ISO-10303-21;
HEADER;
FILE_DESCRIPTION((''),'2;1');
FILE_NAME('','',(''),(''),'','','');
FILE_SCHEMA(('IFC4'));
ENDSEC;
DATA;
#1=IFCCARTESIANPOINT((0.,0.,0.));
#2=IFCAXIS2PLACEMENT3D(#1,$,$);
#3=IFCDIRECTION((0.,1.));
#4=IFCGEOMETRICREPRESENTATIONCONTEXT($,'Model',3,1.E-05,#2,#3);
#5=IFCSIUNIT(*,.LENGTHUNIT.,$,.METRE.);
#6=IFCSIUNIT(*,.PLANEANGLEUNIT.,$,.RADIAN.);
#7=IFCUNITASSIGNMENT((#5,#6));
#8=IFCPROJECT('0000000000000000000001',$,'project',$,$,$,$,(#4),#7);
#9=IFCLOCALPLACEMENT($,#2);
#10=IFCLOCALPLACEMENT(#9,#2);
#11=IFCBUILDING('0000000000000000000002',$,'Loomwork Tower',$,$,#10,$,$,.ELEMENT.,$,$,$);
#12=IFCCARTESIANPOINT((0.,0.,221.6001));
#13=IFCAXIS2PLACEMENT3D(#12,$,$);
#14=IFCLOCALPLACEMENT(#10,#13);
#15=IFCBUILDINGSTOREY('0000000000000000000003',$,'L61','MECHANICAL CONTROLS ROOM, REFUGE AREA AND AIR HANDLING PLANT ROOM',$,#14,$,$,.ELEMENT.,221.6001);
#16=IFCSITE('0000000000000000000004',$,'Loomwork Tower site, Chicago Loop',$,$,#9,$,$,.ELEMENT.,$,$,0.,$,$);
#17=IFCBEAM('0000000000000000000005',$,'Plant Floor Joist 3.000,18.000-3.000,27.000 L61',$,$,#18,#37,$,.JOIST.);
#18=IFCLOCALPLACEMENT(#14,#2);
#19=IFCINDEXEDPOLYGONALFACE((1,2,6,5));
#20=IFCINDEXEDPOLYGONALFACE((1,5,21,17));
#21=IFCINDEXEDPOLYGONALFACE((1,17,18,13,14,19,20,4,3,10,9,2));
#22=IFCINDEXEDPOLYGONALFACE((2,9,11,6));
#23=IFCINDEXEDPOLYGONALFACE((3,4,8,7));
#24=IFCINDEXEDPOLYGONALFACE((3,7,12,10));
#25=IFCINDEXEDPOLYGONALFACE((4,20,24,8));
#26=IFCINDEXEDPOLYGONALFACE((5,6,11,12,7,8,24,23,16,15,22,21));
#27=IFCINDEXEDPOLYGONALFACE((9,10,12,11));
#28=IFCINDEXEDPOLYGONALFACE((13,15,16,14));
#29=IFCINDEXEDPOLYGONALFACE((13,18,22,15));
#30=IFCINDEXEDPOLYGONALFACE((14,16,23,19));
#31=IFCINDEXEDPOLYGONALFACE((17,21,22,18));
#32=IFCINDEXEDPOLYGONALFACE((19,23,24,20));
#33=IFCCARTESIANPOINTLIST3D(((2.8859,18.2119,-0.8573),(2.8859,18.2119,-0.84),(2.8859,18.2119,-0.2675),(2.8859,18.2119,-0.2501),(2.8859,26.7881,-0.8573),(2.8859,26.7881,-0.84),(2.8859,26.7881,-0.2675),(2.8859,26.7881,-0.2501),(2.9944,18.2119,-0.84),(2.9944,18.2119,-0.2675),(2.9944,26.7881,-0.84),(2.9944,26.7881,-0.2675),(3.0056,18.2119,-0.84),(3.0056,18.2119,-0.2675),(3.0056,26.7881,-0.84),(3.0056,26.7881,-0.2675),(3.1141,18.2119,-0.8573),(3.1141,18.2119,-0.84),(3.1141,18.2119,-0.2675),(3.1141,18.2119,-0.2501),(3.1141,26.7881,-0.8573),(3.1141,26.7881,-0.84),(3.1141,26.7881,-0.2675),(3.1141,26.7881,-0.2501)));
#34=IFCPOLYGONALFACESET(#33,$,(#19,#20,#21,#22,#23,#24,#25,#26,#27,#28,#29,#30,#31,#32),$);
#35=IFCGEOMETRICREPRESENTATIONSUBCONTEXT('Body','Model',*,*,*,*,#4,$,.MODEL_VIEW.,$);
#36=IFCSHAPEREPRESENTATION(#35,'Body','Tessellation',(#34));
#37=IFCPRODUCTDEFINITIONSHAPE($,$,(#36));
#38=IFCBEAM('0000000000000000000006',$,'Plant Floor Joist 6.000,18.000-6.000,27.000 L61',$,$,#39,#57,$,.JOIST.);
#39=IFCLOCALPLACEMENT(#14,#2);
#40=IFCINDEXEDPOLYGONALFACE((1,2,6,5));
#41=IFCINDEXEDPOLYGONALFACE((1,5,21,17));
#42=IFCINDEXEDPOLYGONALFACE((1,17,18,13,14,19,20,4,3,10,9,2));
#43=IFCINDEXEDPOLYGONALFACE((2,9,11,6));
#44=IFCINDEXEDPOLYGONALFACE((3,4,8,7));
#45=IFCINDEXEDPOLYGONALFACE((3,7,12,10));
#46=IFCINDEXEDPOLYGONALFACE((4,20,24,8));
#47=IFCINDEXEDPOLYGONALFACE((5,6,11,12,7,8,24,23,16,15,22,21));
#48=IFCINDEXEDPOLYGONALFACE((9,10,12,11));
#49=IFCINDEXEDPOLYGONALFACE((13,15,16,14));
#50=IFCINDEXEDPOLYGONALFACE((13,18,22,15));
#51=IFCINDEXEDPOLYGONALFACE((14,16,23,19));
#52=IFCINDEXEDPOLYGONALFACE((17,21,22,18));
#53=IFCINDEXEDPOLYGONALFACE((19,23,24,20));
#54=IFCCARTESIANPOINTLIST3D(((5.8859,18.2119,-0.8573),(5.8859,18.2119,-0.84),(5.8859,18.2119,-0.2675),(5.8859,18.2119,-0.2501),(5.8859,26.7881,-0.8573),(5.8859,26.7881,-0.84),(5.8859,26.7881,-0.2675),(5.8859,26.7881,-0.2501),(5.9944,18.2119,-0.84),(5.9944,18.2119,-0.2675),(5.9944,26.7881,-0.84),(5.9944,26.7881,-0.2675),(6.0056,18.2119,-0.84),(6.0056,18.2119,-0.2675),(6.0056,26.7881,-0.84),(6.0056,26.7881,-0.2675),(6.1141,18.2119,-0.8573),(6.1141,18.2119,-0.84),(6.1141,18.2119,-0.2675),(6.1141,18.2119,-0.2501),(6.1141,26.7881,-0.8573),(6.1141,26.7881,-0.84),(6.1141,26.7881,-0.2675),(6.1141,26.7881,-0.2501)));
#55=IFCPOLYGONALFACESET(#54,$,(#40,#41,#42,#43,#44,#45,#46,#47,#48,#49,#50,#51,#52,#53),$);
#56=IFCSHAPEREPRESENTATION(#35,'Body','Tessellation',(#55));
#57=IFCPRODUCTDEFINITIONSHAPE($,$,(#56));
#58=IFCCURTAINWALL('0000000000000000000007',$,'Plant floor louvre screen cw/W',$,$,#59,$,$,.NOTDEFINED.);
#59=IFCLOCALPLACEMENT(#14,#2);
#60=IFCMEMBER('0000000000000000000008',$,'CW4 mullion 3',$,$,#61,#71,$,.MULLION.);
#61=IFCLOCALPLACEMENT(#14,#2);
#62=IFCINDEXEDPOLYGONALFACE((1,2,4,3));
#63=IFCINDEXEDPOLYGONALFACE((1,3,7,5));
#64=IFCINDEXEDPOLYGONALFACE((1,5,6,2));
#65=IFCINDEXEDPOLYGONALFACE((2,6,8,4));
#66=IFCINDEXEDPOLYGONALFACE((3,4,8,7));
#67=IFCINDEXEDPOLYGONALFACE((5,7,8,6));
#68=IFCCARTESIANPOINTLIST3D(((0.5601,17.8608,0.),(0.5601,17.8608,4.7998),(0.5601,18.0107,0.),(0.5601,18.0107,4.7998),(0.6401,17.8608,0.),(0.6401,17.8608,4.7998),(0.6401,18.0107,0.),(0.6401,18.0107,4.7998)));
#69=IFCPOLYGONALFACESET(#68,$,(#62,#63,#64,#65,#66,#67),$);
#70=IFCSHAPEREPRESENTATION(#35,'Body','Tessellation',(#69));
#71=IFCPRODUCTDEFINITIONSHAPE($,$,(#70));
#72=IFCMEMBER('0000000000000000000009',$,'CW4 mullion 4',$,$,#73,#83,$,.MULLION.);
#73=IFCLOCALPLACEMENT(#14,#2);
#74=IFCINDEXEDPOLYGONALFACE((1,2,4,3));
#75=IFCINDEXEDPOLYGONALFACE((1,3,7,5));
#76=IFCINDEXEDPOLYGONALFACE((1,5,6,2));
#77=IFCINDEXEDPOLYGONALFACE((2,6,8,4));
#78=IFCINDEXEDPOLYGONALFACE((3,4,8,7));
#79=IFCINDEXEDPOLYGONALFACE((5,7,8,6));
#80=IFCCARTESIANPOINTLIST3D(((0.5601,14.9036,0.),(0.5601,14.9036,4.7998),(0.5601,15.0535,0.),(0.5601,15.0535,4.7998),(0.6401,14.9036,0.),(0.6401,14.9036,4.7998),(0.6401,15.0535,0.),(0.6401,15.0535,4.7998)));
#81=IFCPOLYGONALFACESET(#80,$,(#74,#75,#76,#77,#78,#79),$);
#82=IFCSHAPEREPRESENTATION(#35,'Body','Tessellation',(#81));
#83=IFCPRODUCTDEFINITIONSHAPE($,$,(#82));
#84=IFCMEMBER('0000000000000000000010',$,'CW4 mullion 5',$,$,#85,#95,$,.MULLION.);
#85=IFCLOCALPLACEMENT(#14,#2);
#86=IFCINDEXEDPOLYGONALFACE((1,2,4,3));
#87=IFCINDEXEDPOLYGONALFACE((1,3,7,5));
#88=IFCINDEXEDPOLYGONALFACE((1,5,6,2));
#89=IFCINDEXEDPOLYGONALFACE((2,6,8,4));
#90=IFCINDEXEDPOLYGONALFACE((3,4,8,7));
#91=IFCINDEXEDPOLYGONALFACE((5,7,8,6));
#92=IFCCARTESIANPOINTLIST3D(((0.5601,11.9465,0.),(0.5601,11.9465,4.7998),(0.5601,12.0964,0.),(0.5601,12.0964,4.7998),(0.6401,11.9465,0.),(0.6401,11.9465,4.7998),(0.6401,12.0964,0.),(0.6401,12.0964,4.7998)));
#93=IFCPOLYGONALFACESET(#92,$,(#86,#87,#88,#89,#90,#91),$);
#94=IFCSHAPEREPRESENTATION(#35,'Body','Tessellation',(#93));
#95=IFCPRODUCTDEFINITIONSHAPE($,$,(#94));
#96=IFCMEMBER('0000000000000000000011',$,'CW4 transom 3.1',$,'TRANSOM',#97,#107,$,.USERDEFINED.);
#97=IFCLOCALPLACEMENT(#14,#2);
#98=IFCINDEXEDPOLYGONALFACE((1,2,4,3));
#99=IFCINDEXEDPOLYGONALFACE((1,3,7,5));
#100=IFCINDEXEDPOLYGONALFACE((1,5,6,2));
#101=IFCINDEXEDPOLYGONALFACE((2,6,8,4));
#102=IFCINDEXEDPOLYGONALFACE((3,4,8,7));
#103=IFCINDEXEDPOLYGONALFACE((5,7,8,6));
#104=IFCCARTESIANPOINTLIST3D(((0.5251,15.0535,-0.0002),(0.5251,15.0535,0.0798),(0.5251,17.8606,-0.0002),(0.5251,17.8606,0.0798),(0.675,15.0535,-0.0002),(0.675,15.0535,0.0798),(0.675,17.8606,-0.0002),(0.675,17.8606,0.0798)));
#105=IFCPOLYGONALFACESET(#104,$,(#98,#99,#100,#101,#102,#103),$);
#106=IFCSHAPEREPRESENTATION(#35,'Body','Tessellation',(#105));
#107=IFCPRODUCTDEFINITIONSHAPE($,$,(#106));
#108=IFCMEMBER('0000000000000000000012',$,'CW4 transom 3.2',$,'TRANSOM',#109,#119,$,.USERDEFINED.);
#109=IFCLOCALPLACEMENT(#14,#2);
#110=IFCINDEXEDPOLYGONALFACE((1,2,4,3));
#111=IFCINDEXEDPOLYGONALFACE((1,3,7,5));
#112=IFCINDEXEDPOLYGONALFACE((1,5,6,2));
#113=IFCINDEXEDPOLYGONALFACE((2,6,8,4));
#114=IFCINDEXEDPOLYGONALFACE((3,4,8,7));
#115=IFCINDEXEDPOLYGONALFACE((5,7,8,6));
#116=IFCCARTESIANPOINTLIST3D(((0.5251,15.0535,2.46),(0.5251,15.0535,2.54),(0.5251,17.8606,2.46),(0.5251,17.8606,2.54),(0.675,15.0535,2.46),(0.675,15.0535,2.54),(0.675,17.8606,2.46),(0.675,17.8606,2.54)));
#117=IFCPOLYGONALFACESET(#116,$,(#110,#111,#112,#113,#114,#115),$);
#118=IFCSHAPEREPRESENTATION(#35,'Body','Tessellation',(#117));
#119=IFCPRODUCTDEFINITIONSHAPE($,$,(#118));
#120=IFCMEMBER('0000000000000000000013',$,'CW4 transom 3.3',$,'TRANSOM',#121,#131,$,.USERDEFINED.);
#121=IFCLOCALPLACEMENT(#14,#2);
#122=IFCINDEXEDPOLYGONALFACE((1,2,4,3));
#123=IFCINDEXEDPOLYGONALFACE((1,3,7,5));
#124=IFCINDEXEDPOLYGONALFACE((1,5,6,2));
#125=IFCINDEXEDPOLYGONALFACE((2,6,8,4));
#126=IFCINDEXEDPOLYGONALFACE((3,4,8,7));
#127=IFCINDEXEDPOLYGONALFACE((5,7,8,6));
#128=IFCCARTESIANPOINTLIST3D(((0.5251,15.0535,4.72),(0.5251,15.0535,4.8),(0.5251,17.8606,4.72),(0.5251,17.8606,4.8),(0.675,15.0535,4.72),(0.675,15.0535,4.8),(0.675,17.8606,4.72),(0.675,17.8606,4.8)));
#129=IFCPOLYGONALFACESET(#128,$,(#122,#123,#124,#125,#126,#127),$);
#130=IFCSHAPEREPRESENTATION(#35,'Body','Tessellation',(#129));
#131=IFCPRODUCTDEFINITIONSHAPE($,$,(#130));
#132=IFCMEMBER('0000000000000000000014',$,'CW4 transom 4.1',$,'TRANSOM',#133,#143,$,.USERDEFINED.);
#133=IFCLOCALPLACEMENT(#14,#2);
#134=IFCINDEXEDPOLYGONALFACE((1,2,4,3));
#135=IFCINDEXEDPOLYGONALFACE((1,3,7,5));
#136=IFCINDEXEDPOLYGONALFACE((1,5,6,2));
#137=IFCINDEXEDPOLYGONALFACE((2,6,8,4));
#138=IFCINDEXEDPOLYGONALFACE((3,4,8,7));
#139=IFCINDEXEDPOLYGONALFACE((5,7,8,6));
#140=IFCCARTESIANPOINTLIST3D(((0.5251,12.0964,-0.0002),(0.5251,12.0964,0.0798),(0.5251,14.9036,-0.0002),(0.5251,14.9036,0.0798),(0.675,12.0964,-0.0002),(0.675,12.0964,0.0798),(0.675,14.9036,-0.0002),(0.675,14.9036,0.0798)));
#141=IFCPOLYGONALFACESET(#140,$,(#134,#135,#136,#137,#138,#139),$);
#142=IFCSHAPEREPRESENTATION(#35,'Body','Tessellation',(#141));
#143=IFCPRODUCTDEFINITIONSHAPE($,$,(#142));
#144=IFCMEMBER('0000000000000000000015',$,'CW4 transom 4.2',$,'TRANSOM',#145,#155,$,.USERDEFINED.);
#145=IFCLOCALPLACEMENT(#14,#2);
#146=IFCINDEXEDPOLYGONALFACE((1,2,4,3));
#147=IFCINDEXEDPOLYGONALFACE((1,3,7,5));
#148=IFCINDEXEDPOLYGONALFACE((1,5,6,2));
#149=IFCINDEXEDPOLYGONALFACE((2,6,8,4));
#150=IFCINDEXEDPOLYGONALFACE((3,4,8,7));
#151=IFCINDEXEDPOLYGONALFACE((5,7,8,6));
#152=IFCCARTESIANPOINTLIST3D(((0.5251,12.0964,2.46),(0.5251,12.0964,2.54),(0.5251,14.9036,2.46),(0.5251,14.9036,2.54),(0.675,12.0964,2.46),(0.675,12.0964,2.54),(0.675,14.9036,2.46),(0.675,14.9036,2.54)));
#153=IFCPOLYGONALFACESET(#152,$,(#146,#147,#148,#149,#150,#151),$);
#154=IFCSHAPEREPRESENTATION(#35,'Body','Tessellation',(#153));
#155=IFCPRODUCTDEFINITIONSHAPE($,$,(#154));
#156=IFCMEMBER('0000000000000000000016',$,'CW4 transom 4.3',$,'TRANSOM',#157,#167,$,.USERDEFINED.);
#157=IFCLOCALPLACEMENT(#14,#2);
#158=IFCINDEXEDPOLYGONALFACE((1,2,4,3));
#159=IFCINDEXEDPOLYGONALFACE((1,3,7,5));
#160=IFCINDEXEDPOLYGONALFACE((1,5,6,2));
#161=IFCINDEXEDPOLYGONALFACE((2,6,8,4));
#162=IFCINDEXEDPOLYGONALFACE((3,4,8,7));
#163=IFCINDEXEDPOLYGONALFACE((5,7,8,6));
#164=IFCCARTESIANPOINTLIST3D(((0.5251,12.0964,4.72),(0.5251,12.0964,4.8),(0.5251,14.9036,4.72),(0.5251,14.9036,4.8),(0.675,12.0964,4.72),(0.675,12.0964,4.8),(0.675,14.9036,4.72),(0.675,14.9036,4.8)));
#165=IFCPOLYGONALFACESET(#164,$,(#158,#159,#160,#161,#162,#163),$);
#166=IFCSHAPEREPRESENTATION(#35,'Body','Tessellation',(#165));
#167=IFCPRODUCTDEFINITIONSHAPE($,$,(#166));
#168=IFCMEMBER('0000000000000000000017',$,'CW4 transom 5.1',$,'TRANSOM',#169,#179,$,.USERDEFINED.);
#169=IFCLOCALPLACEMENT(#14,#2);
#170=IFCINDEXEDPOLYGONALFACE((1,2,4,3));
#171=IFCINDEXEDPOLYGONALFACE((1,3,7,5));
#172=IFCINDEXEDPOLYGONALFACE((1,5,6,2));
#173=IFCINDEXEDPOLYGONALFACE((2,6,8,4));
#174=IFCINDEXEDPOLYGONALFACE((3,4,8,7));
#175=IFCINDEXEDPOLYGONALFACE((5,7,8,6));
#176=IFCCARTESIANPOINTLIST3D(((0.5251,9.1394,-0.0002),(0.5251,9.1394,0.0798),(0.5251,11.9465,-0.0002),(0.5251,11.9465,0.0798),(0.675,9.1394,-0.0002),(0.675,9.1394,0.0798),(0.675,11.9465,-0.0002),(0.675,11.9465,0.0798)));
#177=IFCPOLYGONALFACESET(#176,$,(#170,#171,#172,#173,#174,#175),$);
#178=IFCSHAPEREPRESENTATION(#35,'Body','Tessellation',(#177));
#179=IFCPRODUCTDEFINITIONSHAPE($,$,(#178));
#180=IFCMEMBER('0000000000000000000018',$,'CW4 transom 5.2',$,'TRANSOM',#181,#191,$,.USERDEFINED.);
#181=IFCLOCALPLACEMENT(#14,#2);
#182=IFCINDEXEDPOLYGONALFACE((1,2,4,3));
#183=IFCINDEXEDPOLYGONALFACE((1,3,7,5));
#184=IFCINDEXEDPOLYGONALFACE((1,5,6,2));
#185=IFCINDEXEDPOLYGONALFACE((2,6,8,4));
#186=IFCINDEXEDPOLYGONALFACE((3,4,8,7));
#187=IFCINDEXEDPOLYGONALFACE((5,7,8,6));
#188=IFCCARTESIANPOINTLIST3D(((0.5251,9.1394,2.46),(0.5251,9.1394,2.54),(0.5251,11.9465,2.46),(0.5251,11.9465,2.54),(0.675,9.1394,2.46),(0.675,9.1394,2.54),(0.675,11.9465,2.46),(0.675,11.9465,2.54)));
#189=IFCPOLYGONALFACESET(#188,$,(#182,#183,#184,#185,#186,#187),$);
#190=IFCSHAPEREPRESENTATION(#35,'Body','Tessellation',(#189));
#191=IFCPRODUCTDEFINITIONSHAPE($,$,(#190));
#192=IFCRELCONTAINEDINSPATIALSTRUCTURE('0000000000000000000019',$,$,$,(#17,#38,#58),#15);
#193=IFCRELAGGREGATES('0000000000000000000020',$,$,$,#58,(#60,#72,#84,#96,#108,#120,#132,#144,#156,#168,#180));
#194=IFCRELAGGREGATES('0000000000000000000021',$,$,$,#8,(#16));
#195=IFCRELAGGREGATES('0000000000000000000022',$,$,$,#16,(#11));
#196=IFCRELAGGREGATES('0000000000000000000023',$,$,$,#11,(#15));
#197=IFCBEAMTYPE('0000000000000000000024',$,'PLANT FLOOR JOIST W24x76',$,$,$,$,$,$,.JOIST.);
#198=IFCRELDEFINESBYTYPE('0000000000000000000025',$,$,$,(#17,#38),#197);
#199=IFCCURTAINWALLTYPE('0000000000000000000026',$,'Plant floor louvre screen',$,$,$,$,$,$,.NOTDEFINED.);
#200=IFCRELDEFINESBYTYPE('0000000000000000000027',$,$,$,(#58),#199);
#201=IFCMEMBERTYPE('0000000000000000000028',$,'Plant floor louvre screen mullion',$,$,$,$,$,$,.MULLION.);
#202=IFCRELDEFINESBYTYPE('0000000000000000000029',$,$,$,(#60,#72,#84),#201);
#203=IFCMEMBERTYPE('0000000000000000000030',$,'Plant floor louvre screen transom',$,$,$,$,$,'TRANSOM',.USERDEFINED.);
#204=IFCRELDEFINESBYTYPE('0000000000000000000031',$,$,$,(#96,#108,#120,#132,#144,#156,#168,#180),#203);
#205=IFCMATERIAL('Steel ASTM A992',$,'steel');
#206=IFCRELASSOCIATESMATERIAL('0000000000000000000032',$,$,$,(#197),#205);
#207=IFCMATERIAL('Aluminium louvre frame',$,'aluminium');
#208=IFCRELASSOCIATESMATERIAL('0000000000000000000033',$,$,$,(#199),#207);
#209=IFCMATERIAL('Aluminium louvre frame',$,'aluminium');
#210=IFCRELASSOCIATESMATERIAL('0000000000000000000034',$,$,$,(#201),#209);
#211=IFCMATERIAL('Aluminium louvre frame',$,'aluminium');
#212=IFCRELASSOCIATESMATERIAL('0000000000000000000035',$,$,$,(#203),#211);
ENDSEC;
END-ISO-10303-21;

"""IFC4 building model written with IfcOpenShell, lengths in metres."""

from ifc_helpers import new_model, si_unit, direction, frame, origin, origin_2d, place, context, subcontext, project, spatial, rectangle, i_section, extrude, material, material_profile, profile_set, type_object, element, aggregate, save


model = new_model("IFC4")

# Units and contexts
model_context = context("Model", 3, precision=1e-05, world=origin(), true_north=direction((0.0, 1.0)))
body_context = subcontext(model_context, "Body", "Model", "MODEL_VIEW")
ifc_project = project(units=[si_unit("LENGTHUNIT", "METRE"), si_unit("PLANEANGLEUNIT", "RADIAN")], contexts=[model_context])

# Site, building, storey
site_placement = place(None, origin())
site = spatial("IfcSite", under=ifc_project, at=site_placement, Name="Loomwork Tower site, Chicago Loop", CompositionType="ELEMENT", RefElevation=0.0)
building_placement = place(site_placement, origin())
building = spatial("IfcBuilding", under=site, at=building_placement, Name="Loomwork Tower", CompositionType="ELEMENT")
storey_placement = place(building_placement, frame((0.0, 0.0, 221.6001)))
storey = spatial("IfcBuildingStorey", under=building, at=storey_placement, Name="L61", Description="MECHANICAL CONTROLS ROOM, REFUGE AREA AND AIR HANDLING PLANT ROOM", CompositionType="ELEMENT", Elevation=221.6001)

# Beams
ifc_material_1 = material(Name="Steel ASTM A992", Category="steel")
ifc_material_profile_1 = material_profile(ifc_material_1, i_section(OverallWidth=0.2283, OverallDepth=0.6072, WebThickness=0.0112, FlangeThickness=0.0173, at=origin_2d()), Name="W24x76")
ifc_profile_set_1 = profile_set([ifc_material_profile_1], Name="Steel ASTM A992")
beam_type_1 = type_object("IfcBeamType", Name="PLANT FLOOR JOIST W24x76", PredefinedType="JOIST", material=ifc_profile_set_1)
for number, where, z_axis, x_axis, name in (
    (1, (3.0, 18.2119, -0.5537), (0.0, 1.0, 0.0), (-1.0, 0.0, 0.0), "Plant Floor Joist 3.000,18.000-3.000,27.000 L61"),
    (2, (6.0, 18.2119, -0.5537), (0.0, 1.0, 0.0), (-1.0, 0.0, 0.0), "Plant Floor Joist 6.000,18.000-6.000,27.000 L61"),
):
    element("IfcBeam", number, at=place(storey_placement, frame(where, z_axis=z_axis, x_axis=x_axis)), inside=storey, type_object=beam_type_1, Name=name, PredefinedType="JOIST", context=body_context, shape_type="SweptSolid", body=[
        extrude(i_section(OverallWidth=0.2283, OverallDepth=0.6072, WebThickness=0.0112, FlangeThickness=0.0173, at=origin_2d()), origin(), (0.0, 0.0, 1.0), 8.5762),
    ])

# Curtain wall, members
ifc_material_2 = material(Name="Aluminium louvre frame", Category="aluminium")
curtain_wall_type = type_object("IfcCurtainWallType", Name="Plant floor louvre screen", PredefinedType="NOTDEFINED", material=ifc_material_2)
curtain_wall_placement = place(storey_placement, origin())
curtain_wall = element("IfcCurtainWall", 3, at=curtain_wall_placement, inside=storey, type_object=curtain_wall_type, Name="Plant floor louvre screen cw/W", PredefinedType="NOTDEFINED")
ifc_material_3 = material(Name="Aluminium louvre frame", Category="aluminium")
ifc_material_profile_2 = material_profile(ifc_material_3, rectangle(XDim=0.0801, YDim=0.1499, at=origin_2d()), Name="AL 80x150")
ifc_profile_set_2 = profile_set([ifc_material_profile_2], Name="Aluminium louvre frame")
member_type_1 = type_object("IfcMemberType", Name="Plant floor louvre screen mullion", PredefinedType="MULLION", material=ifc_profile_set_2)
member_1_placement = place(storey_placement, frame((0.6001, 17.9358, 0.0), z_axis=(0.0, 0.0, 1.0), x_axis=(1.0, 0.0, 0.0)))
member_1 = element("IfcMember", 4, at=member_1_placement, type_object=member_type_1, Name="CW4 mullion 3", PredefinedType="MULLION", context=body_context, shape_type="SweptSolid", body=[
    extrude(rectangle(XDim=0.0801, YDim=0.1499, at=origin_2d()), origin(), (0.0, 0.0, 1.0), 4.7998),
])
member_2_placement = place(storey_placement, frame((0.6001, 14.9785, 0.0), z_axis=(0.0, 0.0, 1.0), x_axis=(1.0, 0.0, 0.0)))
member_2 = element("IfcMember", 5, at=member_2_placement, type_object=member_type_1, Name="CW4 mullion 4", PredefinedType="MULLION", context=body_context, shape_type="SweptSolid", body=[
    extrude(rectangle(XDim=0.0801, YDim=0.1499, at=origin_2d()), origin(), (0.0, 0.0, 1.0), 4.7998),
])
member_3_placement = place(storey_placement, frame((0.6001, 12.0215, 0.0), z_axis=(0.0, 0.0, 1.0), x_axis=(1.0, 0.0, 0.0)))
member_3 = element("IfcMember", 6, at=member_3_placement, type_object=member_type_1, Name="CW4 mullion 5", PredefinedType="MULLION", context=body_context, shape_type="SweptSolid", body=[
    extrude(rectangle(XDim=0.0801, YDim=0.1499, at=origin_2d()), origin(), (0.0, 0.0, 1.0), 4.7998),
])
ifc_material_4 = material(Name="Aluminium louvre frame", Category="aluminium")
ifc_material_profile_3 = material_profile(ifc_material_4, rectangle(XDim=0.1499, YDim=0.0801, at=origin_2d()), Name="AL 80x150")
ifc_profile_set_3 = profile_set([ifc_material_profile_3], Name="Aluminium louvre frame")
member_type_2 = type_object("IfcMemberType", Name="Plant floor louvre screen transom", ElementType="TRANSOM", PredefinedType="USERDEFINED", material=ifc_profile_set_3)
member_4_placement = place(storey_placement, frame((0.6001, 17.8606, 0.0398), z_axis=(0.0, -1.0, 0.0), x_axis=(1.0, 0.0, 0.0)))
member_4 = element("IfcMember", 7, at=member_4_placement, type_object=member_type_2, Name="CW4 transom 3.1", ObjectType="TRANSOM", PredefinedType="USERDEFINED", context=body_context, shape_type="SweptSolid", body=[
    extrude(rectangle(XDim=0.1499, YDim=0.0801, at=origin_2d()), origin(), (0.0, 0.0, 1.0), 2.8071),
])
member_5_placement = place(storey_placement, frame((0.6001, 17.8606, 2.5), z_axis=(0.0, -1.0, 0.0), x_axis=(1.0, 0.0, 0.0)))
member_5 = element("IfcMember", 8, at=member_5_placement, type_object=member_type_2, Name="CW4 transom 3.2", ObjectType="TRANSOM", PredefinedType="USERDEFINED", context=body_context, shape_type="SweptSolid", body=[
    extrude(rectangle(XDim=0.1499, YDim=0.0801, at=origin_2d()), origin(), (0.0, 0.0, 1.0), 2.8071),
])
member_6_placement = place(storey_placement, frame((0.6001, 17.8606, 4.76), z_axis=(0.0, -1.0, 0.0), x_axis=(1.0, 0.0, 0.0)))
member_6 = element("IfcMember", 9, at=member_6_placement, type_object=member_type_2, Name="CW4 transom 3.3", ObjectType="TRANSOM", PredefinedType="USERDEFINED", context=body_context, shape_type="SweptSolid", body=[
    extrude(rectangle(XDim=0.1499, YDim=0.0801, at=origin_2d()), origin(), (0.0, 0.0, 1.0), 2.8071),
])
member_7_placement = place(storey_placement, frame((0.6001, 14.9036, 0.0398), z_axis=(0.0, -1.0, 0.0), x_axis=(1.0, 0.0, 0.0)))
member_7 = element("IfcMember", 10, at=member_7_placement, type_object=member_type_2, Name="CW4 transom 4.1", ObjectType="TRANSOM", PredefinedType="USERDEFINED", context=body_context, shape_type="SweptSolid", body=[
    extrude(rectangle(XDim=0.1499, YDim=0.0801, at=origin_2d()), origin(), (0.0, 0.0, 1.0), 2.8071),
])
member_8_placement = place(storey_placement, frame((0.6001, 14.9036, 2.5), z_axis=(0.0, -1.0, 0.0), x_axis=(1.0, 0.0, 0.0)))
member_8 = element("IfcMember", 11, at=member_8_placement, type_object=member_type_2, Name="CW4 transom 4.2", ObjectType="TRANSOM", PredefinedType="USERDEFINED", context=body_context, shape_type="SweptSolid", body=[
    extrude(rectangle(XDim=0.1499, YDim=0.0801, at=origin_2d()), origin(), (0.0, 0.0, 1.0), 2.8071),
])
member_9_placement = place(storey_placement, frame((0.6001, 14.9036, 4.76), z_axis=(0.0, -1.0, 0.0), x_axis=(1.0, 0.0, 0.0)))
member_9 = element("IfcMember", 12, at=member_9_placement, type_object=member_type_2, Name="CW4 transom 4.3", ObjectType="TRANSOM", PredefinedType="USERDEFINED", context=body_context, shape_type="SweptSolid", body=[
    extrude(rectangle(XDim=0.1499, YDim=0.0801, at=origin_2d()), origin(), (0.0, 0.0, 1.0), 2.8071),
])
member_10_placement = place(storey_placement, frame((0.6001, 11.9465, 0.0398), z_axis=(0.0, -1.0, 0.0), x_axis=(1.0, 0.0, 0.0)))
member_10 = element("IfcMember", 13, at=member_10_placement, type_object=member_type_2, Name="CW4 transom 5.1", ObjectType="TRANSOM", PredefinedType="USERDEFINED", context=body_context, shape_type="SweptSolid", body=[
    extrude(rectangle(XDim=0.1499, YDim=0.0801, at=origin_2d()), origin(), (0.0, 0.0, 1.0), 2.8071),
])
member_11_placement = place(storey_placement, frame((0.6001, 11.9465, 2.5), z_axis=(0.0, -1.0, 0.0), x_axis=(1.0, 0.0, 0.0)))
member_11 = element("IfcMember", 14, at=member_11_placement, type_object=member_type_2, Name="CW4 transom 5.2", ObjectType="TRANSOM", PredefinedType="USERDEFINED", context=body_context, shape_type="SweptSolid", body=[
    extrude(rectangle(XDim=0.1499, YDim=0.0801, at=origin_2d()), origin(), (0.0, 0.0, 1.0), 2.8071),
])

aggregate(curtain_wall, [member_1, member_2, member_3, member_4, member_5, member_6, member_7, member_8, member_9, member_10, member_11])

save(model, "model.ifc")
